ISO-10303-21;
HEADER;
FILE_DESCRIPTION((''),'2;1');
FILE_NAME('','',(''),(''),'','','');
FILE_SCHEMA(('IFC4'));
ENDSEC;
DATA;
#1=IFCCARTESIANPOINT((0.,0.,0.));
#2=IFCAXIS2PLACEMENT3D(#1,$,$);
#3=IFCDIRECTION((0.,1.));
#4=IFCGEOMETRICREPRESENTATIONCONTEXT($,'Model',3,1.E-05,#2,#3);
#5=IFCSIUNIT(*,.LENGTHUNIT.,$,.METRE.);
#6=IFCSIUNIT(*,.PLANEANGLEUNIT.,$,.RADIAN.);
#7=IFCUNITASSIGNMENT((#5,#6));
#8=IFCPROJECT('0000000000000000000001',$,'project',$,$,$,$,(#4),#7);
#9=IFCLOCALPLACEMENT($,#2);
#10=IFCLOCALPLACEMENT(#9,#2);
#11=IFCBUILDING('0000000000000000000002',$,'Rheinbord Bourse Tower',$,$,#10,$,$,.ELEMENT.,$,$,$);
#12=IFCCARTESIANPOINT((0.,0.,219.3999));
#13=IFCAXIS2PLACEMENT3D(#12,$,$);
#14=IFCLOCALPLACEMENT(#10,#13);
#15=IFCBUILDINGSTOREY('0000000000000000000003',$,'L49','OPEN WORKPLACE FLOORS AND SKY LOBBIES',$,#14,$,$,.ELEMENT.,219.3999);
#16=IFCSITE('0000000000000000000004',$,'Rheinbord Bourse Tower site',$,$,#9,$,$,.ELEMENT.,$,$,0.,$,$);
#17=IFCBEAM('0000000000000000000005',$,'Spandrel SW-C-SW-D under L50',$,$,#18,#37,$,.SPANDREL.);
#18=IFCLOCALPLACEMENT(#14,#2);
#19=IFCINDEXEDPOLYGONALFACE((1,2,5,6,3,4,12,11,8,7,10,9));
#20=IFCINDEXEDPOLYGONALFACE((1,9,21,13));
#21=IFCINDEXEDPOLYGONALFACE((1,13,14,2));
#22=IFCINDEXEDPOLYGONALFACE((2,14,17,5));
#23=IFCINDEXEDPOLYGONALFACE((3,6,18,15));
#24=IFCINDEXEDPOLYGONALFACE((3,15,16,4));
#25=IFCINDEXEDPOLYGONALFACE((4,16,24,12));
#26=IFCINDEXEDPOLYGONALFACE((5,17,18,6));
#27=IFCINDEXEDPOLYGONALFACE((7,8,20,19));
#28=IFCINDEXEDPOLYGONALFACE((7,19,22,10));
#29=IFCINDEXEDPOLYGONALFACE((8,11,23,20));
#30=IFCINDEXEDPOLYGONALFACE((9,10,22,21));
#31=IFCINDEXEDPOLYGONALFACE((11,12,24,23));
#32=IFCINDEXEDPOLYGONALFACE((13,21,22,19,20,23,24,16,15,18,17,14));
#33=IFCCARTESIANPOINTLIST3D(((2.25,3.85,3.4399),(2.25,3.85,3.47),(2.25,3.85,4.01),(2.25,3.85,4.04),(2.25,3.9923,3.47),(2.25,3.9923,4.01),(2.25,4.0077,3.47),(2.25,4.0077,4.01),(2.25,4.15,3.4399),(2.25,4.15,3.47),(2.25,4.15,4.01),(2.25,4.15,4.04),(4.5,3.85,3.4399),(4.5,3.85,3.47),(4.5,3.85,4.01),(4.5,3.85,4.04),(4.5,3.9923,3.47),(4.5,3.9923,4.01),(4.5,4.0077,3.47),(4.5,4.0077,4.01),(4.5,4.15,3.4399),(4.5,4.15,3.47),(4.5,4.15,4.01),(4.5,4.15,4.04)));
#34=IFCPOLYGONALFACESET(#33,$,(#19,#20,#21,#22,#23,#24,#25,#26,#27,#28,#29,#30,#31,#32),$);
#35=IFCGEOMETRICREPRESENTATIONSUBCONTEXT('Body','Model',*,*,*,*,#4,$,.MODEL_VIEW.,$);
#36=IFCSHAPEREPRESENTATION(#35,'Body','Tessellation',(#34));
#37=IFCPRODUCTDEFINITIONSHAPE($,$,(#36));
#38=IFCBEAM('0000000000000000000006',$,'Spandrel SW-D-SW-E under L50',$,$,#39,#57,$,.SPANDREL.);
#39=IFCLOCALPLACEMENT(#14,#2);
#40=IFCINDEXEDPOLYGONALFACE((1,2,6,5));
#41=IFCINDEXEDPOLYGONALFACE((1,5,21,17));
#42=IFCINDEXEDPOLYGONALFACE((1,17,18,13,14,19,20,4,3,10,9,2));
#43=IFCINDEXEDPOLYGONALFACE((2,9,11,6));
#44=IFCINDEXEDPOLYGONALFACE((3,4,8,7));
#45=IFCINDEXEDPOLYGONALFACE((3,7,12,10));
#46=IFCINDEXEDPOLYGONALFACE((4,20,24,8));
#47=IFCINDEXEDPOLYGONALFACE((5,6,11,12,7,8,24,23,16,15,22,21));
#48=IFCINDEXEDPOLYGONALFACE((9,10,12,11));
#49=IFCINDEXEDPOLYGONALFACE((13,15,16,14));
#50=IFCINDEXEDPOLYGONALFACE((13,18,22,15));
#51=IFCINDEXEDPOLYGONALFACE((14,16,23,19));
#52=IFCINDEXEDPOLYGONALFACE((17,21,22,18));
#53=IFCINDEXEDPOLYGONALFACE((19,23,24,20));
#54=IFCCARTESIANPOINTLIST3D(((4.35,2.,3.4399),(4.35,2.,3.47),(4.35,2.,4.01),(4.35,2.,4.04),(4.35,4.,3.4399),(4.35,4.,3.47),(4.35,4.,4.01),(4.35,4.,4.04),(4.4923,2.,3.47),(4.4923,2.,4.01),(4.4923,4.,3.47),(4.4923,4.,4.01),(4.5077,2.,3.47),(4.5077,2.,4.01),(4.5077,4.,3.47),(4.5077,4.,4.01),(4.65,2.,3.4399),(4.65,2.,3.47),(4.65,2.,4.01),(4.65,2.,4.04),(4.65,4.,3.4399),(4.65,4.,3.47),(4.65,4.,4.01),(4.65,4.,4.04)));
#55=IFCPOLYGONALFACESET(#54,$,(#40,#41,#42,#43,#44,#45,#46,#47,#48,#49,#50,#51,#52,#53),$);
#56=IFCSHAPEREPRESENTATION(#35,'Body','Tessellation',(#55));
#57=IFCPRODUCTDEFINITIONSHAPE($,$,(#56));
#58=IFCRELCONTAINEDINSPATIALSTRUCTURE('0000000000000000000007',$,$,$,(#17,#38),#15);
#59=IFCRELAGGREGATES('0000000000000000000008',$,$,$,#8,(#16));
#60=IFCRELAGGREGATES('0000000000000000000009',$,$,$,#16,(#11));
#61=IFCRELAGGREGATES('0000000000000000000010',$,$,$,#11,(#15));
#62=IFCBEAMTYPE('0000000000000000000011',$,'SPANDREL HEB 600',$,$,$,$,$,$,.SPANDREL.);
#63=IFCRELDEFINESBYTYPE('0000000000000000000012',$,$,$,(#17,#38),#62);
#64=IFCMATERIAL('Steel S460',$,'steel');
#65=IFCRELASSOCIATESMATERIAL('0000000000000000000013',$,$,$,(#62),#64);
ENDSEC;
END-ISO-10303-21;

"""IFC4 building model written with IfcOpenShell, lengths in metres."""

from ifc_helpers import new_model, si_unit, direction, frame, origin, origin_2d, place, context, subcontext, project, spatial, i_section, extrude, material, material_profile, profile_set, type_object, element, save


model = new_model("IFC4")

# Units and contexts
model_context = context("Model", 3, precision=1e-05, world=origin(), true_north=direction((0.0, 1.0)))
body_context = subcontext(model_context, "Body", "Model", "MODEL_VIEW")
ifc_project = project(units=[si_unit("LENGTHUNIT", "METRE"), si_unit("PLANEANGLEUNIT", "RADIAN")], contexts=[model_context])

# Site, building, storey
site_placement = place(None, origin())
site = spatial("IfcSite", under=ifc_project, at=site_placement, Name="Rheinbord Bourse Tower site", CompositionType="ELEMENT", RefElevation=0.0)
building_placement = place(site_placement, origin())
building = spatial("IfcBuilding", under=site, at=building_placement, Name="Rheinbord Bourse Tower", CompositionType="ELEMENT")
storey_placement = place(building_placement, frame((0.0, 0.0, 219.3999)))
storey = spatial("IfcBuildingStorey", under=building, at=storey_placement, Name="L49", Description="OPEN WORKPLACE FLOORS AND SKY LOBBIES", CompositionType="ELEMENT", Elevation=219.3999)

# Beams
ifc_material_1 = material(Name="Steel S460", Category="steel")
ifc_material_profile_1 = material_profile(ifc_material_1, i_section(OverallWidth=0.3, OverallDepth=0.6001, WebThickness=0.0154, FlangeThickness=0.03, at=origin_2d()), Name="HEB 600")
ifc_profile_set_1 = profile_set([ifc_material_profile_1], Name="Steel S460")
beam_type_1 = type_object("IfcBeamType", Name="SPANDREL HEB 600", PredefinedType="SPANDREL", material=ifc_profile_set_1)
beam_1_placement = place(storey_placement, frame((2.25, 4.0, 3.74), z_axis=(1.0, 0.0, 0.0), x_axis=(0.0, 1.0, 0.0)))
element("IfcBeam", 1, at=beam_1_placement, inside=storey, type_object=beam_type_1, Name="Spandrel SW-C-SW-D under L50", PredefinedType="SPANDREL", context=body_context, shape_type="SweptSolid", body=[
    extrude(i_section(OverallWidth=0.3, OverallDepth=0.6001, WebThickness=0.0154, FlangeThickness=0.03, at=origin_2d()), origin(), (0.0, 0.0, 1.0), 2.25),
])
beam_2_placement = place(storey_placement, frame((4.5, 4.0, 3.74), z_axis=(0.0, -1.0, 0.0), x_axis=(1.0, 0.0, 0.0)))
element("IfcBeam", 2, at=beam_2_placement, inside=storey, type_object=beam_type_1, Name="Spandrel SW-D-SW-E under L50", PredefinedType="SPANDREL", context=body_context, shape_type="SweptSolid", body=[
    extrude(i_section(OverallWidth=0.3, OverallDepth=0.6001, WebThickness=0.0154, FlangeThickness=0.03, at=origin_2d()), origin(), (0.0, 0.0, 1.0), 2.0),
])

save(model, "model.ifc")
